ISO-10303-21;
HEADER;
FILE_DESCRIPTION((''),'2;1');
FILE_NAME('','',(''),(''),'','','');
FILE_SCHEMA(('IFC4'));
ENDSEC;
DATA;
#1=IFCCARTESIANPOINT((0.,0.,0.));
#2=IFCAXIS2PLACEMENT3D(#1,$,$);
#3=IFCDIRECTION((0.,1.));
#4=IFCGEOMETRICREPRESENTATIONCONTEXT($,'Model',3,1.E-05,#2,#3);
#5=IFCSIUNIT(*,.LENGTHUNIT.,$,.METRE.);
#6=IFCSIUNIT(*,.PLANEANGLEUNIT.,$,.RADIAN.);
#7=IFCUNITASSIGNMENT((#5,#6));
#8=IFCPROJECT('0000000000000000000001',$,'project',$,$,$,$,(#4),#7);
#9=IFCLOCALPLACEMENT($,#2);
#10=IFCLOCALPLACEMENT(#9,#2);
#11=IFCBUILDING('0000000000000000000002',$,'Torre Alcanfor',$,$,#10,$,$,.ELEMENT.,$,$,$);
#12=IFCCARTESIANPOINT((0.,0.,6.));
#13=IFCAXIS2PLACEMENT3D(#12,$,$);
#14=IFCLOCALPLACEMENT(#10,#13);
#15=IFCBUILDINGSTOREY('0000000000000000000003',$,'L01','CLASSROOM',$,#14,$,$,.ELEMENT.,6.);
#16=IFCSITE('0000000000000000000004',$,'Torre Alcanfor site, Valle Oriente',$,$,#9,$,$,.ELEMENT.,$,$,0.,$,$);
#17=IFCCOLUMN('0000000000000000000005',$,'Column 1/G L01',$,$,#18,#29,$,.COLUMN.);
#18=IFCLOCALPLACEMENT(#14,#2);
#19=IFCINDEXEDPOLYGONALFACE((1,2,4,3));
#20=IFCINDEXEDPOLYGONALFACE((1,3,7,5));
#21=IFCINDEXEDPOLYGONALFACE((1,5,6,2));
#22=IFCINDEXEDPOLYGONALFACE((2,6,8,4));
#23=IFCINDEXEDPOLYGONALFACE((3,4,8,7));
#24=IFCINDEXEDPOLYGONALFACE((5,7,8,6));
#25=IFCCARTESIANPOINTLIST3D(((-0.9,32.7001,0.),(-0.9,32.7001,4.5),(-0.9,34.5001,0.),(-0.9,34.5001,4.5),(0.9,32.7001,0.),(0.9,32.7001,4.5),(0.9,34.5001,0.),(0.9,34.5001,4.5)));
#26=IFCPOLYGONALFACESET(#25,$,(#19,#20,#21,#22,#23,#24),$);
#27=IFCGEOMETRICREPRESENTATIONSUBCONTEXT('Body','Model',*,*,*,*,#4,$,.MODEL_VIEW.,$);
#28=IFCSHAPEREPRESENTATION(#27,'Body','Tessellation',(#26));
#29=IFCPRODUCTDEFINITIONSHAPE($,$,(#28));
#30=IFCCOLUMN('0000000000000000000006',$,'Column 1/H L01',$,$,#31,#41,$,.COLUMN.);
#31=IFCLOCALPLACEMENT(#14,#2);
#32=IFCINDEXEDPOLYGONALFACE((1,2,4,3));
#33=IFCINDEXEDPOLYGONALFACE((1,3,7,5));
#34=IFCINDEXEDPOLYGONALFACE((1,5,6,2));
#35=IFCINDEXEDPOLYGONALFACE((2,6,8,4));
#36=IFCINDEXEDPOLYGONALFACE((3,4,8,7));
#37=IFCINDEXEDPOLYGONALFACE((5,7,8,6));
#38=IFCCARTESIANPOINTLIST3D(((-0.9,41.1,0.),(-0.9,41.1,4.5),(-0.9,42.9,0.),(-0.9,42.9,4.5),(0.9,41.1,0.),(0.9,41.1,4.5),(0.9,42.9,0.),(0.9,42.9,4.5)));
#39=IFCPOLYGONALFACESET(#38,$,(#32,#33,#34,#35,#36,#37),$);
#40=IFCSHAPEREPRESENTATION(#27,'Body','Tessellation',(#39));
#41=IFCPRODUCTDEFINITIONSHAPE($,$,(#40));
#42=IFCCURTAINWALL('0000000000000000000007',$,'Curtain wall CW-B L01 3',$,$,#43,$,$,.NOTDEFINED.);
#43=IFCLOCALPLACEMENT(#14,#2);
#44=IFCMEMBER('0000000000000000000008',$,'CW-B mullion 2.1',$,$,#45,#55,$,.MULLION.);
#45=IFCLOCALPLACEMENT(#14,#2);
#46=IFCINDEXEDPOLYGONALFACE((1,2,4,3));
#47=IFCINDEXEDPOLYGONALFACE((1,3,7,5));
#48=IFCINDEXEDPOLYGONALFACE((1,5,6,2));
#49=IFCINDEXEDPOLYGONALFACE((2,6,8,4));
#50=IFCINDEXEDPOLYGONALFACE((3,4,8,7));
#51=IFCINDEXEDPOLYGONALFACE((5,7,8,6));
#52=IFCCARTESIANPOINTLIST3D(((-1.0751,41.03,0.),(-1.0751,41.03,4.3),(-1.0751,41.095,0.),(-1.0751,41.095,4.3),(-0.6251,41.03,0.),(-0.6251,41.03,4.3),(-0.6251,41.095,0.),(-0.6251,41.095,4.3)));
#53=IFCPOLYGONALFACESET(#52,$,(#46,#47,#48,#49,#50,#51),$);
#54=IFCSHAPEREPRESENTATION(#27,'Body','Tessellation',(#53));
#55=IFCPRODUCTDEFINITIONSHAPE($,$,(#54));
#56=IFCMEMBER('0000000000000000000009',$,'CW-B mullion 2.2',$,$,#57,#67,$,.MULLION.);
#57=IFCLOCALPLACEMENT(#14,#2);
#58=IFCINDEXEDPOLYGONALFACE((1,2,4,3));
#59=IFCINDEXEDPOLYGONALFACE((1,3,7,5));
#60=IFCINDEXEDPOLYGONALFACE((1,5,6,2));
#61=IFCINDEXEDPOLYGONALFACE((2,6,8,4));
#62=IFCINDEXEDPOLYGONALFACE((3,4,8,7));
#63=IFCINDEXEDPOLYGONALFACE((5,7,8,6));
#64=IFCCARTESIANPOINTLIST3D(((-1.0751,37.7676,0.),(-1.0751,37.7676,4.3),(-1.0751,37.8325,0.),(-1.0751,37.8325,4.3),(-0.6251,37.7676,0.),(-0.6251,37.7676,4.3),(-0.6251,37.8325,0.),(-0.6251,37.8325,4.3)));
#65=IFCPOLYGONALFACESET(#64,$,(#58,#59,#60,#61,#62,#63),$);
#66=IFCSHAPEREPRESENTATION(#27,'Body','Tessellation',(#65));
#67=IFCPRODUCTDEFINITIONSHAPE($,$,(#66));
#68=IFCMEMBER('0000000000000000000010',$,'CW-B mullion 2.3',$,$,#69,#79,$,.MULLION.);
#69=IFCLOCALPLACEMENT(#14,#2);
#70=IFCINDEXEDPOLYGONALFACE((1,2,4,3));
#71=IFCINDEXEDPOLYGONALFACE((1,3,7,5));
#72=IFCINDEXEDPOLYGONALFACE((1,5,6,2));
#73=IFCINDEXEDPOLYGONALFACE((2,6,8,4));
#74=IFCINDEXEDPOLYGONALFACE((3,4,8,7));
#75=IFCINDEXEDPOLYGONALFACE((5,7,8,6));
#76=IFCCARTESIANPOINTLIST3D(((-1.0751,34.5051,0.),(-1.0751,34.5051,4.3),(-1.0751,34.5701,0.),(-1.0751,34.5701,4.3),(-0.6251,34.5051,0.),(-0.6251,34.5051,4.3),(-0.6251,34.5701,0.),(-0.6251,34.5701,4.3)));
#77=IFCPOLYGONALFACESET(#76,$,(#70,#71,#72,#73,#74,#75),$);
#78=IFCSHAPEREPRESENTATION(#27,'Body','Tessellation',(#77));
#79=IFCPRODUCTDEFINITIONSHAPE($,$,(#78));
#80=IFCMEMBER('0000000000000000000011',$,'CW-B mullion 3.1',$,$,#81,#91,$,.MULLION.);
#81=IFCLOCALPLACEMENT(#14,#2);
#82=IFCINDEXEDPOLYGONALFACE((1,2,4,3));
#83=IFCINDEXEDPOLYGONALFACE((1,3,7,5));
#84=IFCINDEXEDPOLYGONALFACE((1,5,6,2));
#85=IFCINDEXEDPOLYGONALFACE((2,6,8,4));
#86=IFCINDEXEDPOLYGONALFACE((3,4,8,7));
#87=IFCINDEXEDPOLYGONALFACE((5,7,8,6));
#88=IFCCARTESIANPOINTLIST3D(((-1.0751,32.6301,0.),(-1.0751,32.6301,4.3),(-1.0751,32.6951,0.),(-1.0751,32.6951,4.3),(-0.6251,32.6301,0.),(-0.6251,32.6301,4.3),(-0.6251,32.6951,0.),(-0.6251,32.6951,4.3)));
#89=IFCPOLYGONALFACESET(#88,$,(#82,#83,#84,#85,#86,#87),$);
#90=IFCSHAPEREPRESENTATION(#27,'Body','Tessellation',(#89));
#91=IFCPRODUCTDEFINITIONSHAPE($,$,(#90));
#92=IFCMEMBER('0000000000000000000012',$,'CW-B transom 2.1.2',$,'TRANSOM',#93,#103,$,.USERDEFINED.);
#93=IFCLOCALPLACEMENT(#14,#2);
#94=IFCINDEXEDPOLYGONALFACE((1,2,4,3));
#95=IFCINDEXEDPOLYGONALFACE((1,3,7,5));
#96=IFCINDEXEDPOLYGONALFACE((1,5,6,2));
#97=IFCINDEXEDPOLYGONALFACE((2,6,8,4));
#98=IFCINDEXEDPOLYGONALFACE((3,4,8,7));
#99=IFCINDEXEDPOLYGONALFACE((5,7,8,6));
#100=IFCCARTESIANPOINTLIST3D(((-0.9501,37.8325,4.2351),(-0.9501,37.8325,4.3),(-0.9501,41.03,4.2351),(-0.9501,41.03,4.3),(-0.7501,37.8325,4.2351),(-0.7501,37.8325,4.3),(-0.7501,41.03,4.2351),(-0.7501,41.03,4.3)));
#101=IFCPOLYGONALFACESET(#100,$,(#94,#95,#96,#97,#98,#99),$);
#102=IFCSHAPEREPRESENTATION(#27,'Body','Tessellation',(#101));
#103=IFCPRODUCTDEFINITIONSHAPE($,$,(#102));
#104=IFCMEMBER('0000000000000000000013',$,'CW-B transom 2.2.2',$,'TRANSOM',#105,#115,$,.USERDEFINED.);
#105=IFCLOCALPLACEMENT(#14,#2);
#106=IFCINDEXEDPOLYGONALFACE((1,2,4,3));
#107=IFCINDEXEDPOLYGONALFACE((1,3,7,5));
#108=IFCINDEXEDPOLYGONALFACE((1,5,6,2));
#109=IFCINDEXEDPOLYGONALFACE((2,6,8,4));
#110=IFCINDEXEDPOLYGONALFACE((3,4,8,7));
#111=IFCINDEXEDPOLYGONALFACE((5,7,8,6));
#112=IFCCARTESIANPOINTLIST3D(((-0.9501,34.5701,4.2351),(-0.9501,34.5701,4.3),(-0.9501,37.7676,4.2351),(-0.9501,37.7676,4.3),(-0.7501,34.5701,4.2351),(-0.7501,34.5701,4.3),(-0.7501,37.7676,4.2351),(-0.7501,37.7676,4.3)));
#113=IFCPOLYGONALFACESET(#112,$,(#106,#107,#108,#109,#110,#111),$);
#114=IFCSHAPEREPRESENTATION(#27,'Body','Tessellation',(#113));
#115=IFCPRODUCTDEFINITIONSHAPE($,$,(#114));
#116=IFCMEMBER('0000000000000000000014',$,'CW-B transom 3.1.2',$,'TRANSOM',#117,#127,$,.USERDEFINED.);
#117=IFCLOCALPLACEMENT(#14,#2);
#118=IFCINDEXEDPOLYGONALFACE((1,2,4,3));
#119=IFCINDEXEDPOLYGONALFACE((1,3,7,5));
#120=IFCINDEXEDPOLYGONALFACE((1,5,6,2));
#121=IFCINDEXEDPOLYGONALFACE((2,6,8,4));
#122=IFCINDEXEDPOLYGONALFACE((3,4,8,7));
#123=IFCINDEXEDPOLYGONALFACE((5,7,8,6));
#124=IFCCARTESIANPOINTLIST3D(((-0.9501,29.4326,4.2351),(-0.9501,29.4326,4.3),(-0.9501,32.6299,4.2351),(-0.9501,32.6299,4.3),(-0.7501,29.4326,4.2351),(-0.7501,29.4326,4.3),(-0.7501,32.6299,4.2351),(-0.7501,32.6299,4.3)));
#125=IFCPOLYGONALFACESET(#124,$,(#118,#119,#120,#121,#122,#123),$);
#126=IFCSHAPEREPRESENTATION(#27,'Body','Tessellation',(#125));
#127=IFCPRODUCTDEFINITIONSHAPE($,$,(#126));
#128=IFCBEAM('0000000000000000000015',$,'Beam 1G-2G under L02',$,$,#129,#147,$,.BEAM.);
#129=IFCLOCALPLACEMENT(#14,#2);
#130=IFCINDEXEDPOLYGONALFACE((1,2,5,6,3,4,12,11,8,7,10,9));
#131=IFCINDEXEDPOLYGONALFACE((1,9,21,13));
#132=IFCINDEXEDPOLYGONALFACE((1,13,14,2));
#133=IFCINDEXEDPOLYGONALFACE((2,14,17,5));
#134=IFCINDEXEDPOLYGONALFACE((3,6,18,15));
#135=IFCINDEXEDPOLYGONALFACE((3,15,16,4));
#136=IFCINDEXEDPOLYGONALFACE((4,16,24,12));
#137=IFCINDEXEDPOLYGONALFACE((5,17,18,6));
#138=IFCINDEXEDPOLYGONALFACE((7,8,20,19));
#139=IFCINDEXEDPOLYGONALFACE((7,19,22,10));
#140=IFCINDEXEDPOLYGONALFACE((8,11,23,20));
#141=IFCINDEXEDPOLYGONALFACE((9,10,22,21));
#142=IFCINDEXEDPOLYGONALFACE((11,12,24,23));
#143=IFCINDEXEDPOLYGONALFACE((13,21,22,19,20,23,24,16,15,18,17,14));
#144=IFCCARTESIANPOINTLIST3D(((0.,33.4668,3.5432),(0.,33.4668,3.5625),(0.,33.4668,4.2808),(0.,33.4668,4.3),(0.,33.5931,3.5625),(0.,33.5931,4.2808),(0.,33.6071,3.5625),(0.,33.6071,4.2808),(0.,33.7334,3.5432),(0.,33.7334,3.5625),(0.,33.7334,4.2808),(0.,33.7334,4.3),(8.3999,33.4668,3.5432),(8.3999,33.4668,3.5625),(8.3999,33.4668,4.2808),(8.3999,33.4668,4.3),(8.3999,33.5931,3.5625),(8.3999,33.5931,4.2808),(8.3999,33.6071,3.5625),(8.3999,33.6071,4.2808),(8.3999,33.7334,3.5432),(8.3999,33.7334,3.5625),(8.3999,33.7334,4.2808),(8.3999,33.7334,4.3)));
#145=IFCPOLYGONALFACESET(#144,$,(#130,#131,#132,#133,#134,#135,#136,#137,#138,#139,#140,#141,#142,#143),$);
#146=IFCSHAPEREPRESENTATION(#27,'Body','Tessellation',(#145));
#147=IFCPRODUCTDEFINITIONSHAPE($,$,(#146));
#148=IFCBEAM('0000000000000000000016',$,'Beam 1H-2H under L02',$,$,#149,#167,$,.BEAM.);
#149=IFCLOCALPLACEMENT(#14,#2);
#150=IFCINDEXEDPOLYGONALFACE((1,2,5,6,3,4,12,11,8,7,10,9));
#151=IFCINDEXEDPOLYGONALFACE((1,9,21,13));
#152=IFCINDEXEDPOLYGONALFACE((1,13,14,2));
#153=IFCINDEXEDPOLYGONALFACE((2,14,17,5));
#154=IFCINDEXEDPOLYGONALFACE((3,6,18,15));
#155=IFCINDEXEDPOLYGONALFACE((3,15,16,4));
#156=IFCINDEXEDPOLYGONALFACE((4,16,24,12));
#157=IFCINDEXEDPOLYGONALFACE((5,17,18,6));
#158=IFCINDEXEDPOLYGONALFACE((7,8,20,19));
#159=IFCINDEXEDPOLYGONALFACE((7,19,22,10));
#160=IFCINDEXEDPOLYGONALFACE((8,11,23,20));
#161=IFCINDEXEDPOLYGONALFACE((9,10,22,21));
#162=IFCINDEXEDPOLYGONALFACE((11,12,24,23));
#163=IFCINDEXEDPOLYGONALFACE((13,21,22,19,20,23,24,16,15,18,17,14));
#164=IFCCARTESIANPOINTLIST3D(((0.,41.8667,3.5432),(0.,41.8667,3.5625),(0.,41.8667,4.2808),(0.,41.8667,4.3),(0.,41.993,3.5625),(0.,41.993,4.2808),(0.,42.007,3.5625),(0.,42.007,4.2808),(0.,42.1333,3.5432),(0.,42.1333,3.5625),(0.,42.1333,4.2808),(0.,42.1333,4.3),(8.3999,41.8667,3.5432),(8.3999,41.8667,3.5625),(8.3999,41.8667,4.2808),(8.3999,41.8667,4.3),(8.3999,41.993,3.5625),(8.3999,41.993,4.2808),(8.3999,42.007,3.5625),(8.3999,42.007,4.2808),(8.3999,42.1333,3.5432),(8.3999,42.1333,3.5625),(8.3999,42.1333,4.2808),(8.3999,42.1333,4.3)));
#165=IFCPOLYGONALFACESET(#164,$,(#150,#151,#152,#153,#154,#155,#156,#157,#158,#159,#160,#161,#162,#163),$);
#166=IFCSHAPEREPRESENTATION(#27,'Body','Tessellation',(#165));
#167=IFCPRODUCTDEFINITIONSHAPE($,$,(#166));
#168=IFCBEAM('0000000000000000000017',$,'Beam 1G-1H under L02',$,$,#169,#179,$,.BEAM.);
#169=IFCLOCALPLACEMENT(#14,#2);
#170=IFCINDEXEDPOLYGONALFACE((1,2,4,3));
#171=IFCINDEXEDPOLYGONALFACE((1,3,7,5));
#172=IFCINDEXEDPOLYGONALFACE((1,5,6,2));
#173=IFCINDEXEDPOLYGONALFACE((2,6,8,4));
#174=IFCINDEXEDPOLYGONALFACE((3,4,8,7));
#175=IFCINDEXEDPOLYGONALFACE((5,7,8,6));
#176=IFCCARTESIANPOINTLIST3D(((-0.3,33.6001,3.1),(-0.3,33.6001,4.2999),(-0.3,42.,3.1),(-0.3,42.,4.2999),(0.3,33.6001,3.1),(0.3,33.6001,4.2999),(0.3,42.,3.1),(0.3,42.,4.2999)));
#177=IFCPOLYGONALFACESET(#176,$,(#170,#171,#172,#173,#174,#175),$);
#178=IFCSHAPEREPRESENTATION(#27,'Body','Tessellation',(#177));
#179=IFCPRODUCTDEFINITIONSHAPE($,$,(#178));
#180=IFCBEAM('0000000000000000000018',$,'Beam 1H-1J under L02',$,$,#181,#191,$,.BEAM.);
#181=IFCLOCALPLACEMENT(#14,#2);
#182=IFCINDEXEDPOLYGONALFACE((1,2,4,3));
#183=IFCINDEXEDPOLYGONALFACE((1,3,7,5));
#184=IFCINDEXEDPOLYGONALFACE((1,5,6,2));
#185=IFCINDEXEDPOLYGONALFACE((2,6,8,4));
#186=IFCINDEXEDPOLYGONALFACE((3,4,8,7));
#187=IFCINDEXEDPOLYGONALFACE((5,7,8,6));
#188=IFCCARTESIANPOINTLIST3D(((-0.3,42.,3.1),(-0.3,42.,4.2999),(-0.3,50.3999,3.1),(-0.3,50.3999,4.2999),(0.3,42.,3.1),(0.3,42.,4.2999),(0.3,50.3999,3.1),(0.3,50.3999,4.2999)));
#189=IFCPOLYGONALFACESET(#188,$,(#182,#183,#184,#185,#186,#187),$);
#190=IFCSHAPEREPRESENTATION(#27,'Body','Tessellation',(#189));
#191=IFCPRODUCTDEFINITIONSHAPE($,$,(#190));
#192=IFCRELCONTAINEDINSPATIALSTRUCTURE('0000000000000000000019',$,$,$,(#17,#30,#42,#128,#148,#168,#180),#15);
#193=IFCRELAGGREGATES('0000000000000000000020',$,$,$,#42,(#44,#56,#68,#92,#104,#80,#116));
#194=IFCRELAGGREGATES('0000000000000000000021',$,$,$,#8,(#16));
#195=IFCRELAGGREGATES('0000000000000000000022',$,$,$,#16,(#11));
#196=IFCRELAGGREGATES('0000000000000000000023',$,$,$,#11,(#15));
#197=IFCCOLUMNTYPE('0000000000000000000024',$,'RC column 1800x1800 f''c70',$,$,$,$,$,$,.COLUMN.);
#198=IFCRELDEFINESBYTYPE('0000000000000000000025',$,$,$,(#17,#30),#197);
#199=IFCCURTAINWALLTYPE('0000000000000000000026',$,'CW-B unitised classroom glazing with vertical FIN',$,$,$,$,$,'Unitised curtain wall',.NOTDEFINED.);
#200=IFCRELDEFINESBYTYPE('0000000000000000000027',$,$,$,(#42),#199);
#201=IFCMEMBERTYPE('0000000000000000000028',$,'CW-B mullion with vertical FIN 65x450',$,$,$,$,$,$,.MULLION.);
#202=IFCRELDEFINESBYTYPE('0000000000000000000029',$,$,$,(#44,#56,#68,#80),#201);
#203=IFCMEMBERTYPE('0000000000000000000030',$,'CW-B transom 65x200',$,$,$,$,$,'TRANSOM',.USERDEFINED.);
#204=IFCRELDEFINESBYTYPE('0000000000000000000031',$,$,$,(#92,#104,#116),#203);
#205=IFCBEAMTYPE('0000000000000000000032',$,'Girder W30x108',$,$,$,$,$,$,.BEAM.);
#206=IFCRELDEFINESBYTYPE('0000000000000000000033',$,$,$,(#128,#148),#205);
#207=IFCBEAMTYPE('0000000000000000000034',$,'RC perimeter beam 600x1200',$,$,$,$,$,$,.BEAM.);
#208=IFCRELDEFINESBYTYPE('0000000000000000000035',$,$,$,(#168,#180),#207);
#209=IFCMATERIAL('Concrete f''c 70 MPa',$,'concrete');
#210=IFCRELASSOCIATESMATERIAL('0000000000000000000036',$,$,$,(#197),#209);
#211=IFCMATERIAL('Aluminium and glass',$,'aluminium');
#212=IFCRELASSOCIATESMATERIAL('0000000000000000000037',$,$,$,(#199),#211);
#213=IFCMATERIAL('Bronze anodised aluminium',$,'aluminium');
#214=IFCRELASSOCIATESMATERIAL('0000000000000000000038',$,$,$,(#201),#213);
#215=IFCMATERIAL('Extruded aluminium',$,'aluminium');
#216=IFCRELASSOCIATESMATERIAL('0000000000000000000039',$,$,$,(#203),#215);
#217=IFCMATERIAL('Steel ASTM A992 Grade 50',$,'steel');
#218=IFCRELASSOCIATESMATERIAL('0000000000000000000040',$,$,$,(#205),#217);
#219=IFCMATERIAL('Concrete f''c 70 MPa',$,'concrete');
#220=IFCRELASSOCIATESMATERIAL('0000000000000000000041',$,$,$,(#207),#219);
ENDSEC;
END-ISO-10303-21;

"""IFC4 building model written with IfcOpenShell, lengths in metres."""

from ifc_helpers import new_model, si_unit, direction, frame, origin, origin_2d, place, context, subcontext, project, spatial, rectangle, i_section, extrude, material, material_profile, profile_set, type_object, element, aggregate, save


model = new_model("IFC4")

# Units and contexts
model_context = context("Model", 3, precision=1e-05, world=origin(), true_north=direction((0.0, 1.0)))
body_context = subcontext(model_context, "Body", "Model", "MODEL_VIEW")
ifc_project = project(units=[si_unit("LENGTHUNIT", "METRE"), si_unit("PLANEANGLEUNIT", "RADIAN")], contexts=[model_context])

# Site, building, storey
site_placement = place(None, origin())
site = spatial("IfcSite", under=ifc_project, at=site_placement, Name="Torre Alcanfor site, Valle Oriente", CompositionType="ELEMENT", RefElevation=0.0)
building_placement = place(site_placement, origin())
building = spatial("IfcBuilding", under=site, at=building_placement, Name="Torre Alcanfor", CompositionType="ELEMENT")
storey_placement = place(building_placement, frame((0.0, 0.0, 6.0)))
storey = spatial("IfcBuildingStorey", under=building, at=storey_placement, Name="L01", Description="CLASSROOM", CompositionType="ELEMENT", Elevation=6.0)

# Columns
ifc_material_1 = material(Name="Concrete f'c 70 MPa", Category="concrete")
ifc_material_profile_1 = material_profile(ifc_material_1, rectangle(XDim=1.8, YDim=1.8, at=origin_2d()), Name="1800x1800")
ifc_profile_set_1 = profile_set([ifc_material_profile_1], Name="Concrete f'c 70 MPa")
column_type = type_object("IfcColumnType", Name="RC column 1800x1800 f'c70", PredefinedType="COLUMN", material=ifc_profile_set_1)
for number, where, z_axis, x_axis, name in (
    (1, (0.0, 33.6001, 0.0), (0.0, 0.0, 1.0), (1.0, 0.0, 0.0), "Column 1/G L01"),
    (2, (0.0, 42.0, 0.0), (0.0, 0.0, 1.0), (1.0, 0.0, 0.0), "Column 1/H L01"),
):
    element("IfcColumn", number, at=place(storey_placement, frame(where, z_axis=z_axis, x_axis=x_axis)), inside=storey, type_object=column_type, Name=name, PredefinedType="COLUMN", context=body_context, shape_type="SweptSolid", body=[
        extrude(rectangle(XDim=1.8, YDim=1.8, at=origin_2d()), origin(), (0.0, 0.0, 1.0), 4.5),
    ])

# Curtain wall, members
ifc_material_2 = material(Name="Aluminium and glass", Category="aluminium")
curtain_wall_type = type_object("IfcCurtainWallType", Name="CW-B unitised classroom glazing with vertical FIN", ElementType="Unitised curtain wall", PredefinedType="NOTDEFINED", material=ifc_material_2)
curtain_wall_placement = place(storey_placement, origin())
curtain_wall = element("IfcCurtainWall", 3, at=curtain_wall_placement, inside=storey, type_object=curtain_wall_type, Name="Curtain wall CW-B L01 3", PredefinedType="NOTDEFINED")
ifc_material_3 = material(Name="Bronze anodised aluminium", Category="aluminium")
ifc_material_profile_2 = material_profile(ifc_material_3, rectangle(XDim=0.45, YDim=0.0649, at=origin_2d()), Name="CW-B mullion 65x450")
ifc_profile_set_2 = profile_set([ifc_material_profile_2], Name="Bronze anodised aluminium")
member_type_1 = type_object("IfcMemberType", Name="CW-B mullion with vertical FIN 65x450", PredefinedType="MULLION", material=ifc_profile_set_2)
member_1_placement = place(storey_placement, frame((-0.8501, 41.0625, 0.0), z_axis=(0.0, 0.0, 1.0), x_axis=(1.0, 0.0, 0.0)))
member_1 = element("IfcMember", 4, at=member_1_placement, type_object=member_type_1, Name="CW-B mullion 2.1", PredefinedType="MULLION", context=body_context, shape_type="SweptSolid", body=[
    extrude(rectangle(XDim=0.45, YDim=0.0649, at=origin_2d()), origin(), (0.0, 0.0, 1.0), 4.3),
])
member_2_placement = place(storey_placement, frame((-0.8501, 37.8, 0.0), z_axis=(0.0, 0.0, 1.0), x_axis=(1.0, 0.0, 0.0)))
member_2 = element("IfcMember", 5, at=member_2_placement, type_object=member_type_1, Name="CW-B mullion 2.2", PredefinedType="MULLION", context=body_context, shape_type="SweptSolid", body=[
    extrude(rectangle(XDim=0.45, YDim=0.0649, at=origin_2d()), origin(), (0.0, 0.0, 1.0), 4.3),
])
member_3_placement = place(storey_placement, frame((-0.8501, 34.5376, 0.0), z_axis=(0.0, 0.0, 1.0), x_axis=(1.0, 0.0, 0.0)))
member_3 = element("IfcMember", 6, at=member_3_placement, type_object=member_type_1, Name="CW-B mullion 2.3", PredefinedType="MULLION", context=body_context, shape_type="SweptSolid", body=[
    extrude(rectangle(XDim=0.45, YDim=0.0649, at=origin_2d()), origin(), (0.0, 0.0, 1.0), 4.3),
])
member_4_placement = place(storey_placement, frame((-0.8501, 32.6626, 0.0), z_axis=(0.0, 0.0, 1.0), x_axis=(1.0, 0.0, 0.0)))
member_4 = element("IfcMember", 7, at=member_4_placement, type_object=member_type_1, Name="CW-B mullion 3.1", PredefinedType="MULLION", context=body_context, shape_type="SweptSolid", body=[
    extrude(rectangle(XDim=0.45, YDim=0.0649, at=origin_2d()), origin(), (0.0, 0.0, 1.0), 4.3),
])
ifc_material_4 = material(Name="Extruded aluminium", Category="aluminium")
ifc_material_profile_3 = material_profile(ifc_material_4, rectangle(XDim=0.2, YDim=0.0649, at=origin_2d()), Name="CW-B transom 200x65")
ifc_profile_set_3 = profile_set([ifc_material_profile_3], Name="Extruded aluminium")
member_type_2 = type_object("IfcMemberType", Name="CW-B transom 65x200", ElementType="TRANSOM", PredefinedType="USERDEFINED", material=ifc_profile_set_3)
member_5_placement = place(storey_placement, frame((-0.8501, 41.03, 4.2676), z_axis=(0.0, -1.0, 0.0), x_axis=(1.0, 0.0, 0.0)))
member_5 = element("IfcMember", 8, at=member_5_placement, type_object=member_type_2, Name="CW-B transom 2.1.2", ObjectType="TRANSOM", PredefinedType="USERDEFINED", context=body_context, shape_type="SweptSolid", body=[
    extrude(rectangle(XDim=0.2, YDim=0.0649, at=origin_2d()), origin(), (0.0, 0.0, 1.0), 3.1975),
])
member_6_placement = place(storey_placement, frame((-0.8501, 37.7676, 4.2676), z_axis=(0.0, -1.0, 0.0), x_axis=(1.0, 0.0, 0.0)))
member_6 = element("IfcMember", 9, at=member_6_placement, type_object=member_type_2, Name="CW-B transom 2.2.2", ObjectType="TRANSOM", PredefinedType="USERDEFINED", context=body_context, shape_type="SweptSolid", body=[
    extrude(rectangle(XDim=0.2, YDim=0.0649, at=origin_2d()), origin(), (0.0, 0.0, 1.0), 3.1975),
])
member_7_placement = place(storey_placement, frame((-0.8501, 32.6299, 4.2676), z_axis=(0.0, -1.0, 0.0), x_axis=(1.0, 0.0, 0.0)))
member_7 = element("IfcMember", 10, at=member_7_placement, type_object=member_type_2, Name="CW-B transom 3.1.2", ObjectType="TRANSOM", PredefinedType="USERDEFINED", context=body_context, shape_type="SweptSolid", body=[
    extrude(rectangle(XDim=0.2, YDim=0.0649, at=origin_2d()), origin(), (0.0, 0.0, 1.0), 3.1973),
])

# Beams
ifc_material_5 = material(Name="Steel ASTM A992 Grade 50", Category="steel")
ifc_material_profile_4 = material_profile(ifc_material_5, i_section(OverallWidth=0.2666, OverallDepth=0.7568, WebThickness=0.0139, FlangeThickness=0.0193, at=origin_2d()), Name="W30x108")
ifc_profile_set_4 = profile_set([ifc_material_profile_4], Name="Steel ASTM A992 Grade 50")
beam_type_1 = type_object("IfcBeamType", Name="Girder W30x108", PredefinedType="BEAM", material=ifc_profile_set_4)
for number, where, z_axis, x_axis, name in (
    (11, (0.0, 33.6001, 3.9216), (1.0, 0.0, 0.0), (0.0, 1.0, 0.0), "Beam 1G-2G under L02"),
    (12, (0.0, 42.0, 3.9216), (1.0, 0.0, 0.0), (0.0, 1.0, 0.0), "Beam 1H-2H under L02"),
):
    element("IfcBeam", number, at=place(storey_placement, frame(where, z_axis=z_axis, x_axis=x_axis)), inside=storey, type_object=beam_type_1, Name=name, PredefinedType="BEAM", context=body_context, shape_type="SweptSolid", body=[
        extrude(i_section(OverallWidth=0.2666, OverallDepth=0.7568, WebThickness=0.0139, FlangeThickness=0.0193, at=origin_2d()), origin(), (0.0, 0.0, 1.0), 8.3999),
    ])
ifc_material_6 = material(Name="Concrete f'c 70 MPa", Category="concrete")
ifc_material_profile_5 = material_profile(ifc_material_6, rectangle(XDim=0.6001, YDim=1.2, at=origin_2d()), Name="600x1200")
ifc_profile_set_5 = profile_set([ifc_material_profile_5], Name="Concrete f'c 70 MPa")
beam_type_2 = type_object("IfcBeamType", Name="RC perimeter beam 600x1200", PredefinedType="BEAM", material=ifc_profile_set_5)
for number, where, z_axis, x_axis, name in (
    (13, (0.0, 33.6001, 3.7), (0.0, 1.0, 0.0), (-1.0, 0.0, 0.0), "Beam 1G-1H under L02"),
    (14, (0.0, 42.0, 3.7), (0.0, 1.0, 0.0), (-1.0, 0.0, 0.0), "Beam 1H-1J under L02"),
):
    element("IfcBeam", number, at=place(storey_placement, frame(where, z_axis=z_axis, x_axis=x_axis)), inside=storey, type_object=beam_type_2, Name=name, PredefinedType="BEAM", context=body_context, shape_type="SweptSolid", body=[
        extrude(rectangle(XDim=0.6001, YDim=1.2, at=origin_2d()), origin(), (0.0, 0.0, 1.0), 8.3999),
    ])

aggregate(curtain_wall, [member_1, member_2, member_3, member_5, member_6, member_4, member_7])

save(model, "model.ifc")
